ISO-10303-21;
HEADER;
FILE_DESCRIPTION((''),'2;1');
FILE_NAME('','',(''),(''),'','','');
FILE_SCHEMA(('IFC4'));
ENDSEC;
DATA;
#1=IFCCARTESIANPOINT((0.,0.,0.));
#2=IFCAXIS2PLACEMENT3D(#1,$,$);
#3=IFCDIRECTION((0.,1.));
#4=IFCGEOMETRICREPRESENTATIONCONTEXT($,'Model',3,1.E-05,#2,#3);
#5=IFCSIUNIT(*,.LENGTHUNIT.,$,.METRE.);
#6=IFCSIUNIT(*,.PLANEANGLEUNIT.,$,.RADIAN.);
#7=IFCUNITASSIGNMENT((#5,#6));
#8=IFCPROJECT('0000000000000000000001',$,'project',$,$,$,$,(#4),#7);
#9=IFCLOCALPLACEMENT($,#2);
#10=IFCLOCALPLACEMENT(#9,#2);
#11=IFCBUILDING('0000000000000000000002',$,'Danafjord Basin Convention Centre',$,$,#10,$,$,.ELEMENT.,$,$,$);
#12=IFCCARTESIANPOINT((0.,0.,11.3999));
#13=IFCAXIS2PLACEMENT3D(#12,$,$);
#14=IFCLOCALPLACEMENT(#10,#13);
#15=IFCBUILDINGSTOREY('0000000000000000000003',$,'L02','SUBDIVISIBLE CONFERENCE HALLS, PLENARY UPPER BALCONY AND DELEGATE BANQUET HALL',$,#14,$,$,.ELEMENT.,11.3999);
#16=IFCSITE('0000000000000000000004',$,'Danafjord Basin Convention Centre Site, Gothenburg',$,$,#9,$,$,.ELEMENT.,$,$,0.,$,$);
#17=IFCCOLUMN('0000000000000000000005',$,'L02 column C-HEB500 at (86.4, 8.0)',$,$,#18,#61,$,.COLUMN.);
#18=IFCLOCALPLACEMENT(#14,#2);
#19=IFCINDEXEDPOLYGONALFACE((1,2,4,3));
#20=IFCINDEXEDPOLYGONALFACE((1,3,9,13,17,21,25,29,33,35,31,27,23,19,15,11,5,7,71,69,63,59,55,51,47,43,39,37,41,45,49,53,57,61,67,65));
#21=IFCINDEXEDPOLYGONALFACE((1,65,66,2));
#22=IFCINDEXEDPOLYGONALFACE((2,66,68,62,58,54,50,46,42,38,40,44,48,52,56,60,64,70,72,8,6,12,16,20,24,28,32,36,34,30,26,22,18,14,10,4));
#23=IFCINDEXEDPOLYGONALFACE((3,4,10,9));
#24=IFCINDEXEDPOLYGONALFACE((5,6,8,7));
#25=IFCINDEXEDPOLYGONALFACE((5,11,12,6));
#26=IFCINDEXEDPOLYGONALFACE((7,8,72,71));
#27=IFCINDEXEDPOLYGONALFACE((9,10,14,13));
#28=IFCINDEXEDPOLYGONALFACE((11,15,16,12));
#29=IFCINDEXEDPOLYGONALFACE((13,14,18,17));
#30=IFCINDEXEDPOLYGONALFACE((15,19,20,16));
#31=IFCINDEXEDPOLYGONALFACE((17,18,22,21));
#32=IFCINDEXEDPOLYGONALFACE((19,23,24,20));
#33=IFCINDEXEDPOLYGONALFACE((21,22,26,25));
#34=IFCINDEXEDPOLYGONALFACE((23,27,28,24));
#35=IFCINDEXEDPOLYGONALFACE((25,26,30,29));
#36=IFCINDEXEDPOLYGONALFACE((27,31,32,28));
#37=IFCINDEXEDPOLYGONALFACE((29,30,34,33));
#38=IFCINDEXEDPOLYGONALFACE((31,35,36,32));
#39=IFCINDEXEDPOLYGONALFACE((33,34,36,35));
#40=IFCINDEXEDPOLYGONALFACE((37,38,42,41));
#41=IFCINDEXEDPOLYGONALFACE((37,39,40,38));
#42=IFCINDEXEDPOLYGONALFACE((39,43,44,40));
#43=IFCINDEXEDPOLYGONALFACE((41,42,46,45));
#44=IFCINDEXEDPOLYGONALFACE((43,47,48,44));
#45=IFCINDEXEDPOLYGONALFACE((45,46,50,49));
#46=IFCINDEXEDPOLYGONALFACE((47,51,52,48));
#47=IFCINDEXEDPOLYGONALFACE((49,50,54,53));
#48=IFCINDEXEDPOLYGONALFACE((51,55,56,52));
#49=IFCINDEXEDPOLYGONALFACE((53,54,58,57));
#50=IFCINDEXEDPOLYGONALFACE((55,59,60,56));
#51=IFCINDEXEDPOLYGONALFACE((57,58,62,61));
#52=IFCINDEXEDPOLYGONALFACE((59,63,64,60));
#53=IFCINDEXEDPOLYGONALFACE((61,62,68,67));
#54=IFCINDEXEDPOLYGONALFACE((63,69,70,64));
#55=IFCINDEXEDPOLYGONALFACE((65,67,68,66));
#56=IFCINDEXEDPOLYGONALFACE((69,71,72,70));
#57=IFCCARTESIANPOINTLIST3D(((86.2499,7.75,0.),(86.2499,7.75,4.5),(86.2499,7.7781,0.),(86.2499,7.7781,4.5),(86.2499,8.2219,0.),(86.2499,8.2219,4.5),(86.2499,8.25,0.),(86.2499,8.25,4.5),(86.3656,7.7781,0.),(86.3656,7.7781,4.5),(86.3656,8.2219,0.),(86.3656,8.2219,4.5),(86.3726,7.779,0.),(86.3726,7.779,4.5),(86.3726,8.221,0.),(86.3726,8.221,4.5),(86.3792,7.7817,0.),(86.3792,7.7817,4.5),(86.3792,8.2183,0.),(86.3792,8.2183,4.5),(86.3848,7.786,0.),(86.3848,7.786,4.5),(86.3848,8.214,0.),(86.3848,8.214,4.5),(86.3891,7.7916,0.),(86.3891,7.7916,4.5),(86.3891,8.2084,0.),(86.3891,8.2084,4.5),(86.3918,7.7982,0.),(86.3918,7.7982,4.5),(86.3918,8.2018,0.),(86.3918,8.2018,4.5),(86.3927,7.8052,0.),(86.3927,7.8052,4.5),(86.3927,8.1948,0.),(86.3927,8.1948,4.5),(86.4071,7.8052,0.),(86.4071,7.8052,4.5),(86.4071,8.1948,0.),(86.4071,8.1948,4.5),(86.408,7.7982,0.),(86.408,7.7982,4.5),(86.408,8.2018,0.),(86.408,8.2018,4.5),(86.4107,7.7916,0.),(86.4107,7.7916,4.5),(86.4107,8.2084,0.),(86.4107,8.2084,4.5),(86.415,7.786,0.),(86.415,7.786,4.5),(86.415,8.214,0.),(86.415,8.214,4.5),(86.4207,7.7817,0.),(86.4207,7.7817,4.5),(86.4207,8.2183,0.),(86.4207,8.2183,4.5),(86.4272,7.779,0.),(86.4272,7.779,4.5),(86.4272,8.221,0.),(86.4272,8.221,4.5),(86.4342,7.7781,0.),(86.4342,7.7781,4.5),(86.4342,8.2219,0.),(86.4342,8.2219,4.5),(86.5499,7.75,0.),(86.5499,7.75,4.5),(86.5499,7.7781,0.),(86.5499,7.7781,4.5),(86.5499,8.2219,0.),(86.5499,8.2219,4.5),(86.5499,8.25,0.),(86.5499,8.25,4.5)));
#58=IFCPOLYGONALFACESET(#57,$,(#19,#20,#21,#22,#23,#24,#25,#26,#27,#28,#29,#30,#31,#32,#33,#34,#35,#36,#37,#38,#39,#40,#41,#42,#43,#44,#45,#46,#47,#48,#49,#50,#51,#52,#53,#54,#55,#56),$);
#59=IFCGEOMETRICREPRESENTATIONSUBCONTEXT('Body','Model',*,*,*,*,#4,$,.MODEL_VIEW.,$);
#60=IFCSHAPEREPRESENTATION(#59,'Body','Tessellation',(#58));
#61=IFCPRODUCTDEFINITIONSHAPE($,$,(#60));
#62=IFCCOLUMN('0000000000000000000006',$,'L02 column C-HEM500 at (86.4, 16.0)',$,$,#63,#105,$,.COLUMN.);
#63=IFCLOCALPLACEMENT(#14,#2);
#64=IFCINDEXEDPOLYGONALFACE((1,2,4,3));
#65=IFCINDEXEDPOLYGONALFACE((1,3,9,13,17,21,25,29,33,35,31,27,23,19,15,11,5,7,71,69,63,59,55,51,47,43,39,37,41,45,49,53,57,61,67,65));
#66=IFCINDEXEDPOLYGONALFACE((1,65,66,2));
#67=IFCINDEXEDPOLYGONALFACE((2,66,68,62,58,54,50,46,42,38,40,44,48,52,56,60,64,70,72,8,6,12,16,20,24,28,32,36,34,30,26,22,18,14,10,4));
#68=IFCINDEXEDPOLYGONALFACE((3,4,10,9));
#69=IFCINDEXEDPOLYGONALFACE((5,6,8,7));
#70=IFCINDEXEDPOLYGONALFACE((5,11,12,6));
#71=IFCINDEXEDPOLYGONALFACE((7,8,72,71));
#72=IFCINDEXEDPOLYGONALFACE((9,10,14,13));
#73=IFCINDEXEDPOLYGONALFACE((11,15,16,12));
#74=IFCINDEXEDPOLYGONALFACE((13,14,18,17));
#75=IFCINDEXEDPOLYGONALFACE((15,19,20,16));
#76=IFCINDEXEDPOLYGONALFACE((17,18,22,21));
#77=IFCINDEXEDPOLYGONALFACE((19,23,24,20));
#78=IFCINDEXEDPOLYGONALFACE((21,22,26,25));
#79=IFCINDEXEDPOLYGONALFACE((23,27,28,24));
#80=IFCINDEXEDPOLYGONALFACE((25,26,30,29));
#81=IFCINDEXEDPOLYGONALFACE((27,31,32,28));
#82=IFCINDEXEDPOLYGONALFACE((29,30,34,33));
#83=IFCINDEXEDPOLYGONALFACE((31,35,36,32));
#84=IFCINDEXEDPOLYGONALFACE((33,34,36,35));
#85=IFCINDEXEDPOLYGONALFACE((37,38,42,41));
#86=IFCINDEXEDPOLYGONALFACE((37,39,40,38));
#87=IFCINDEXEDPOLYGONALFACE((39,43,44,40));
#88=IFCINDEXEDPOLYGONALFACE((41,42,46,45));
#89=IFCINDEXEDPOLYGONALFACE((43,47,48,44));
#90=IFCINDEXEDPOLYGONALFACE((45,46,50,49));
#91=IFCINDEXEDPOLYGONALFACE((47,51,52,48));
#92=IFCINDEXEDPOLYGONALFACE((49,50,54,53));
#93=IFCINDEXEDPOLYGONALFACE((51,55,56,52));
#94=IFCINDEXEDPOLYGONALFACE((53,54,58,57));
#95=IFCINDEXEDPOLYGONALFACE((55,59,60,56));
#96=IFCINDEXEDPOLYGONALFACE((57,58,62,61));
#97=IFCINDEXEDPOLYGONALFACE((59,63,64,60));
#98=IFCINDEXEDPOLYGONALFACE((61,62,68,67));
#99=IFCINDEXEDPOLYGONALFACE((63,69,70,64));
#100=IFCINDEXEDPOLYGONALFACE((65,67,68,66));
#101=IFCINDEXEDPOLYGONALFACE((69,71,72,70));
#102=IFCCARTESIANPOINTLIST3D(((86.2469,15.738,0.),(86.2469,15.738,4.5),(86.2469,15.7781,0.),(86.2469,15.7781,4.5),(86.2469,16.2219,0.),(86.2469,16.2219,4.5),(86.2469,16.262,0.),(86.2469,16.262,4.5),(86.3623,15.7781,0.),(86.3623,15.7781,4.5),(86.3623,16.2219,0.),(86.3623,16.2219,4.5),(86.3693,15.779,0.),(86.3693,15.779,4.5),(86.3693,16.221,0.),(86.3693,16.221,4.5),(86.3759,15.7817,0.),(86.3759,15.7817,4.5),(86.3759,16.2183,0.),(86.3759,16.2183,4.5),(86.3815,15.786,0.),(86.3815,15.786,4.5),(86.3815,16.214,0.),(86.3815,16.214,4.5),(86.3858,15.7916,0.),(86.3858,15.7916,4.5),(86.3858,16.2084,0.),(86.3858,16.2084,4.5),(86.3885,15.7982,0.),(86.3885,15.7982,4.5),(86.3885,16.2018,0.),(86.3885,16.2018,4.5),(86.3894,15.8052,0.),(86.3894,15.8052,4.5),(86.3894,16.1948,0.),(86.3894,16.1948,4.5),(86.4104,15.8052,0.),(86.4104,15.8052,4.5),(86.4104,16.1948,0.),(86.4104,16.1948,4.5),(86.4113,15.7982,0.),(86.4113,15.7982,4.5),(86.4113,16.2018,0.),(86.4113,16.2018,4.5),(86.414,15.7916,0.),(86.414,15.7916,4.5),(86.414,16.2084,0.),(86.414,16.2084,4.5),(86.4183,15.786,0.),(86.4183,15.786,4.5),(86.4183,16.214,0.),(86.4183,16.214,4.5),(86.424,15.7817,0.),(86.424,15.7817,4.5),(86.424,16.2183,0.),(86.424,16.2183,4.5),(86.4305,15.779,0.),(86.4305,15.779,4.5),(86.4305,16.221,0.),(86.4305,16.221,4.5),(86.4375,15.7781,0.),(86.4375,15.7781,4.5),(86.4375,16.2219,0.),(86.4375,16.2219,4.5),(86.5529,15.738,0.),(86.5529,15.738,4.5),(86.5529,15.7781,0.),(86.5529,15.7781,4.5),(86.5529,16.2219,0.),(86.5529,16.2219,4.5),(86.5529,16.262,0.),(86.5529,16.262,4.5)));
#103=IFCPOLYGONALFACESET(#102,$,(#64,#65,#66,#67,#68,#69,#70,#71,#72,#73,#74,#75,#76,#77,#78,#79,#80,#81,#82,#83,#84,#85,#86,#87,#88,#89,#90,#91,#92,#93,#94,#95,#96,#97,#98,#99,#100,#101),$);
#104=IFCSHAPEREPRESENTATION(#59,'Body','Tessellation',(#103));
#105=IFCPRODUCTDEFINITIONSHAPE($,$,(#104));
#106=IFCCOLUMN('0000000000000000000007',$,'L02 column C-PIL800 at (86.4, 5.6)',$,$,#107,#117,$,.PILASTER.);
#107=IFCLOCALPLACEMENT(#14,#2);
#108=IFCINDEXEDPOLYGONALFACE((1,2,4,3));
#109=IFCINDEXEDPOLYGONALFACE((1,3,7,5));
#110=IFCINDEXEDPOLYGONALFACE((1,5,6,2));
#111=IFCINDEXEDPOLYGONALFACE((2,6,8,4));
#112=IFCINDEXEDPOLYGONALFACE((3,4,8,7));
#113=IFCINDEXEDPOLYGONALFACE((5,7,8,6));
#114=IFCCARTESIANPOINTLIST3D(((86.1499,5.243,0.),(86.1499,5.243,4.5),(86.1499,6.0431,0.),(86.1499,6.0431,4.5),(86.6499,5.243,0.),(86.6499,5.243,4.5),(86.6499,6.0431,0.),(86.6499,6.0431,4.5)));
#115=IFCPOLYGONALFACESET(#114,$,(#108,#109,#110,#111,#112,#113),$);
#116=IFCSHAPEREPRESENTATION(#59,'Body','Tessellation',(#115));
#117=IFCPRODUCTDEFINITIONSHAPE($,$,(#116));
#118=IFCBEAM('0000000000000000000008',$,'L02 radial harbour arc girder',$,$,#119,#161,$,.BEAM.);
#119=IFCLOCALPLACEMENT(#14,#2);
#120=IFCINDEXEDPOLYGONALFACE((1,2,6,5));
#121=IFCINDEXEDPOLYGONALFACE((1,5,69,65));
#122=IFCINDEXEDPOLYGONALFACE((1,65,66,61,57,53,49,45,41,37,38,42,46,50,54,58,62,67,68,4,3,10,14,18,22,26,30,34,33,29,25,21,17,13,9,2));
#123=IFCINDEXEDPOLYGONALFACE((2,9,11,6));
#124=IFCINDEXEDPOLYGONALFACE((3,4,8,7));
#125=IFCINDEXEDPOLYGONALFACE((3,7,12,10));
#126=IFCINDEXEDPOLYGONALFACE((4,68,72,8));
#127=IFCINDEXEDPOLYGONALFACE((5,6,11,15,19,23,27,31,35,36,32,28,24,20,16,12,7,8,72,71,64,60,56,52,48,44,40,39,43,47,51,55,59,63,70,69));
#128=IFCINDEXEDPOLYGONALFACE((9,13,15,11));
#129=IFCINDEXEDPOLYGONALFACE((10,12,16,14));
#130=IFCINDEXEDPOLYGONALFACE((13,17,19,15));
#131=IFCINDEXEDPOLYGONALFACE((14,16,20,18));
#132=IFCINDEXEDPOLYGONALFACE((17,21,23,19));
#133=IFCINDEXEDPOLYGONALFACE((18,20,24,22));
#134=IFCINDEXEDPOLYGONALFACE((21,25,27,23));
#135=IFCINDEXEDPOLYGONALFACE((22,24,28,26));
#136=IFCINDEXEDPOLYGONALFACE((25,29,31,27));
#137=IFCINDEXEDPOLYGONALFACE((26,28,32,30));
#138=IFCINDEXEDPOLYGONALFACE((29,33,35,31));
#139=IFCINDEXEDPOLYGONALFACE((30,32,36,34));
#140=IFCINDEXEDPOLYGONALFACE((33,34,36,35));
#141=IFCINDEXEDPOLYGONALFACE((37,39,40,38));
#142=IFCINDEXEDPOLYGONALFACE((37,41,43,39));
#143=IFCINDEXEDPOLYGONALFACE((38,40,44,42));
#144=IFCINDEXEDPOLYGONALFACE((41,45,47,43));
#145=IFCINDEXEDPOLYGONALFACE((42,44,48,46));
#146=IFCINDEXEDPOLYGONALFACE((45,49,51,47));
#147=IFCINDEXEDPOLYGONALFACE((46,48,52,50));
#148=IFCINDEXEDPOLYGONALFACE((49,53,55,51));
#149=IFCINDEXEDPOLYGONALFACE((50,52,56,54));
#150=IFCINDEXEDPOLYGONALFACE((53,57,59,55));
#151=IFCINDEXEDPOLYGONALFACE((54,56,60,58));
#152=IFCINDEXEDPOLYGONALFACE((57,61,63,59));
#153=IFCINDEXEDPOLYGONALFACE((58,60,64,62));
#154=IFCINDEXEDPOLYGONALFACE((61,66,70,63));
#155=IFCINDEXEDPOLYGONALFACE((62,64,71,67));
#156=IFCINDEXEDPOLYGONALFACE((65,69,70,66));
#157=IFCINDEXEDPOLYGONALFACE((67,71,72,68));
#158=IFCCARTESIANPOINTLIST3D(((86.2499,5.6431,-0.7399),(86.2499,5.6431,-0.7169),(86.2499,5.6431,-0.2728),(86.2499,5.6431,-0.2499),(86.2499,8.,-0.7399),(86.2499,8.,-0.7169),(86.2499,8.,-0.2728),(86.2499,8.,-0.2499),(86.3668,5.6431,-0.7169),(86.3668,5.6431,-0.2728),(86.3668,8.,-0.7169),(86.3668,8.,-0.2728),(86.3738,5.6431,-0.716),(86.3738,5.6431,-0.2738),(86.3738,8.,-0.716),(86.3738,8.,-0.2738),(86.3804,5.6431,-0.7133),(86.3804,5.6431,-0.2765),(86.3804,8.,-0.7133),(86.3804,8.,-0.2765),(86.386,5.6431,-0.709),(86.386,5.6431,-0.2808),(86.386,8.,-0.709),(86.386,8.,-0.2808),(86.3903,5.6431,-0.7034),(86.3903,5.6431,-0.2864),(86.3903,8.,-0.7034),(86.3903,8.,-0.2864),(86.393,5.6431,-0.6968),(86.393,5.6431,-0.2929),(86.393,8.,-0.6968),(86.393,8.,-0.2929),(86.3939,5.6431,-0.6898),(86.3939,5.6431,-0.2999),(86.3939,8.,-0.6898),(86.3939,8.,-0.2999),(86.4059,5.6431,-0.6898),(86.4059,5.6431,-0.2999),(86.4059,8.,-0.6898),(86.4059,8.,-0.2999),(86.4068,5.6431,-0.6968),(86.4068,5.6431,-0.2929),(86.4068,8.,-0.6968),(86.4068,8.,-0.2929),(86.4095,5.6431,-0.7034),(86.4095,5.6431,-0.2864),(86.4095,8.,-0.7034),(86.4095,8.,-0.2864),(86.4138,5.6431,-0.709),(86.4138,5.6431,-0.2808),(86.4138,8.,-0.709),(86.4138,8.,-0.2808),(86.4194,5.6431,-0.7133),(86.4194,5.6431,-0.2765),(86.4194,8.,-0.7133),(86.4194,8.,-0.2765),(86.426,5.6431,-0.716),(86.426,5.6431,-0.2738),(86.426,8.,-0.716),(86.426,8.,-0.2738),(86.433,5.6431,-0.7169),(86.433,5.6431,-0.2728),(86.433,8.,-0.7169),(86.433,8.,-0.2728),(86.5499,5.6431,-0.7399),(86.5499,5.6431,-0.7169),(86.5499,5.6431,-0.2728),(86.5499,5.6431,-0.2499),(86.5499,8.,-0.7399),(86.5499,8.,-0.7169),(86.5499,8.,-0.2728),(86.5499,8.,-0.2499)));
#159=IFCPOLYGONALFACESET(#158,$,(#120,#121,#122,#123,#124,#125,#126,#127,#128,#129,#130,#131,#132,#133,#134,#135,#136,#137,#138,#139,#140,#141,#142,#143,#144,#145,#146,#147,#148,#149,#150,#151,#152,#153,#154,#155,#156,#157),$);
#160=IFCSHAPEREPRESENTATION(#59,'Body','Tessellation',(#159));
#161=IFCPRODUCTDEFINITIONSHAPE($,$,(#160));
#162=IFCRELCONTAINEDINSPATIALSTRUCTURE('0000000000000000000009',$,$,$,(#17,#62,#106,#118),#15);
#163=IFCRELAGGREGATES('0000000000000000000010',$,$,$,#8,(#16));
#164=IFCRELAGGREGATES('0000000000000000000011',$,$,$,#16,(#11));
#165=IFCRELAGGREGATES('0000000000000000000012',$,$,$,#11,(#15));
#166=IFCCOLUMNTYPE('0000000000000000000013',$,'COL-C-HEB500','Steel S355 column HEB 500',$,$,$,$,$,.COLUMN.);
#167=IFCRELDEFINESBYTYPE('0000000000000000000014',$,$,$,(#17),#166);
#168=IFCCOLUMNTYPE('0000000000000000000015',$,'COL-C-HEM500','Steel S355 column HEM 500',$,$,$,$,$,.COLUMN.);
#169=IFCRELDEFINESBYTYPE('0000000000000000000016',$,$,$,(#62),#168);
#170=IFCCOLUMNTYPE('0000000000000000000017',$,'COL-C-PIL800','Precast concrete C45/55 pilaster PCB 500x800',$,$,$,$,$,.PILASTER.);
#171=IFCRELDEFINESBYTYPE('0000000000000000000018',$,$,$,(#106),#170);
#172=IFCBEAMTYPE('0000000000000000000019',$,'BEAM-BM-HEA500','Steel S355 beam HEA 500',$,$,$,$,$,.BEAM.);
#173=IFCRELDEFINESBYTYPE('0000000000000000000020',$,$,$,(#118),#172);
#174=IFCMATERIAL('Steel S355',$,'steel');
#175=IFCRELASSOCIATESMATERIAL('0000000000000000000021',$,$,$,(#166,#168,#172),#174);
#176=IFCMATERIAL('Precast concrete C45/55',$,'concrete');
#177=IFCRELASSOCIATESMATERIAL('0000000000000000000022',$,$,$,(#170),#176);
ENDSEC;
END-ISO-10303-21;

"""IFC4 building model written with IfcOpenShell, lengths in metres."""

from ifc_helpers import new_model, si_unit, direction, frame, origin, origin_2d, place, context, subcontext, project, spatial, rectangle, i_section, extrude, material, material_profile, profile_set, type_object, element, save


model = new_model("IFC4")

# Units and contexts
model_context = context("Model", 3, precision=1e-05, world=origin(), true_north=direction((0.0, 1.0)))
body_context = subcontext(model_context, "Body", "Model", "MODEL_VIEW")
ifc_project = project(units=[si_unit("LENGTHUNIT", "METRE"), si_unit("PLANEANGLEUNIT", "RADIAN")], contexts=[model_context])

# Site, building, storey
site_placement = place(None, origin())
site = spatial("IfcSite", under=ifc_project, at=site_placement, Name="Danafjord Basin Convention Centre Site, Gothenburg", CompositionType="ELEMENT", RefElevation=0.0)
building_placement = place(site_placement, origin())
building = spatial("IfcBuilding", under=site, at=building_placement, Name="Danafjord Basin Convention Centre", CompositionType="ELEMENT")
storey_placement = place(building_placement, frame((0.0, 0.0, 11.3999)))
storey = spatial("IfcBuildingStorey", under=building, at=storey_placement, Name="L02", Description="SUBDIVISIBLE CONFERENCE HALLS, PLENARY UPPER BALCONY AND DELEGATE BANQUET HALL", CompositionType="ELEMENT", Elevation=11.3999)

# Columns
ifc_material_1 = material(Name="Steel S355", Category="steel")
ifc_material_profile_1 = material_profile(ifc_material_1, i_section(OverallWidth=0.3, OverallDepth=0.5, WebThickness=0.0144, FlangeThickness=0.0281, FilletRadius=0.0271, at=origin_2d()), Name="HEB 500")
ifc_profile_set_1 = profile_set([ifc_material_profile_1], Name="Steel S355")
column_type_1 = type_object("IfcColumnType", Name="COL-C-HEB500", Description="Steel S355 column HEB 500", PredefinedType="COLUMN", material=ifc_profile_set_1)
column_1_placement = place(storey_placement, frame((86.3999, 8.0, 0.0), z_axis=(0.0, 0.0, 1.0), x_axis=(1.0, 0.0, 0.0)))
element("IfcColumn", 1, at=column_1_placement, inside=storey, type_object=column_type_1, Name="L02 column C-HEB500 at (86.4, 8.0)", PredefinedType="COLUMN", context=body_context, shape_type="SweptSolid", body=[
    extrude(i_section(OverallWidth=0.3, OverallDepth=0.5, WebThickness=0.0144, FlangeThickness=0.0281, FilletRadius=0.0271, at=origin_2d()), origin(), (0.0, 0.0, 1.0), 4.5),
])
ifc_material_profile_2 = material_profile(ifc_material_1, i_section(OverallWidth=0.3059, OverallDepth=0.5239, WebThickness=0.021, FlangeThickness=0.04, FilletRadius=0.0271, at=origin_2d()), Name="HEM 500")
ifc_profile_set_2 = profile_set([ifc_material_profile_2], Name="Steel S355")
column_type_2 = type_object("IfcColumnType", Name="COL-C-HEM500", Description="Steel S355 column HEM 500", PredefinedType="COLUMN", material=ifc_profile_set_2)
column_2_placement = place(storey_placement, frame((86.3999, 16.0, 0.0), z_axis=(0.0, 0.0, 1.0), x_axis=(1.0, 0.0, 0.0)))
element("IfcColumn", 2, at=column_2_placement, inside=storey, type_object=column_type_2, Name="L02 column C-HEM500 at (86.4, 16.0)", PredefinedType="COLUMN", context=body_context, shape_type="SweptSolid", body=[
    extrude(i_section(OverallWidth=0.3059, OverallDepth=0.5239, WebThickness=0.021, FlangeThickness=0.04, FilletRadius=0.0271, at=origin_2d()), origin(), (0.0, 0.0, 1.0), 4.5),
])
ifc_material_2 = material(Name="Precast concrete C45/55", Category="concrete")
ifc_material_profile_3 = material_profile(ifc_material_2, rectangle(XDim=0.5, YDim=0.8, at=origin_2d()), Name="PCB 500x800")
ifc_profile_set_3 = profile_set([ifc_material_profile_3], Name="Precast concrete C45/55")
column_type_3 = type_object("IfcColumnType", Name="COL-C-PIL800", Description="Precast concrete C45/55 pilaster PCB 500x800", PredefinedType="PILASTER", material=ifc_profile_set_3)
column_3_placement = place(storey_placement, frame((86.3999, 5.6431, 0.0), z_axis=(0.0, 0.0, 1.0), x_axis=(1.0, 0.0, 0.0)))
element("IfcColumn", 3, at=column_3_placement, inside=storey, type_object=column_type_3, Name="L02 column C-PIL800 at (86.4, 5.6)", PredefinedType="PILASTER", context=body_context, shape_type="SweptSolid", body=[
    extrude(rectangle(XDim=0.5, YDim=0.8, at=origin_2d()), origin(), (0.0, 0.0, 1.0), 4.5),
])

# Beam
ifc_material_profile_4 = material_profile(ifc_material_1, i_section(OverallWidth=0.3, OverallDepth=0.49, WebThickness=0.012, FlangeThickness=0.0229, FilletRadius=0.0271, at=origin_2d()), Name="HEA 500")
ifc_profile_set_4 = profile_set([ifc_material_profile_4], Name="Steel S355")
beam_type_1 = type_object("IfcBeamType", Name="BEAM-BM-HEA500", Description="Steel S355 beam HEA 500", PredefinedType="BEAM", material=ifc_profile_set_4)
beam_1_placement = place(storey_placement, frame((86.3999, 5.6431, -0.4949), z_axis=(0.0, 1.0, 0.0), x_axis=(-1.0, 0.0, 0.0)))
element("IfcBeam", 4, at=beam_1_placement, inside=storey, type_object=beam_type_1, Name="L02 radial harbour arc girder", PredefinedType="BEAM", context=body_context, shape_type="SweptSolid", body=[
    extrude(i_section(OverallWidth=0.3, OverallDepth=0.49, WebThickness=0.012, FlangeThickness=0.0229, FilletRadius=0.0271, at=origin_2d()), origin(), (0.0, 0.0, 1.0), 2.3569),
])

save(model, "model.ifc")
